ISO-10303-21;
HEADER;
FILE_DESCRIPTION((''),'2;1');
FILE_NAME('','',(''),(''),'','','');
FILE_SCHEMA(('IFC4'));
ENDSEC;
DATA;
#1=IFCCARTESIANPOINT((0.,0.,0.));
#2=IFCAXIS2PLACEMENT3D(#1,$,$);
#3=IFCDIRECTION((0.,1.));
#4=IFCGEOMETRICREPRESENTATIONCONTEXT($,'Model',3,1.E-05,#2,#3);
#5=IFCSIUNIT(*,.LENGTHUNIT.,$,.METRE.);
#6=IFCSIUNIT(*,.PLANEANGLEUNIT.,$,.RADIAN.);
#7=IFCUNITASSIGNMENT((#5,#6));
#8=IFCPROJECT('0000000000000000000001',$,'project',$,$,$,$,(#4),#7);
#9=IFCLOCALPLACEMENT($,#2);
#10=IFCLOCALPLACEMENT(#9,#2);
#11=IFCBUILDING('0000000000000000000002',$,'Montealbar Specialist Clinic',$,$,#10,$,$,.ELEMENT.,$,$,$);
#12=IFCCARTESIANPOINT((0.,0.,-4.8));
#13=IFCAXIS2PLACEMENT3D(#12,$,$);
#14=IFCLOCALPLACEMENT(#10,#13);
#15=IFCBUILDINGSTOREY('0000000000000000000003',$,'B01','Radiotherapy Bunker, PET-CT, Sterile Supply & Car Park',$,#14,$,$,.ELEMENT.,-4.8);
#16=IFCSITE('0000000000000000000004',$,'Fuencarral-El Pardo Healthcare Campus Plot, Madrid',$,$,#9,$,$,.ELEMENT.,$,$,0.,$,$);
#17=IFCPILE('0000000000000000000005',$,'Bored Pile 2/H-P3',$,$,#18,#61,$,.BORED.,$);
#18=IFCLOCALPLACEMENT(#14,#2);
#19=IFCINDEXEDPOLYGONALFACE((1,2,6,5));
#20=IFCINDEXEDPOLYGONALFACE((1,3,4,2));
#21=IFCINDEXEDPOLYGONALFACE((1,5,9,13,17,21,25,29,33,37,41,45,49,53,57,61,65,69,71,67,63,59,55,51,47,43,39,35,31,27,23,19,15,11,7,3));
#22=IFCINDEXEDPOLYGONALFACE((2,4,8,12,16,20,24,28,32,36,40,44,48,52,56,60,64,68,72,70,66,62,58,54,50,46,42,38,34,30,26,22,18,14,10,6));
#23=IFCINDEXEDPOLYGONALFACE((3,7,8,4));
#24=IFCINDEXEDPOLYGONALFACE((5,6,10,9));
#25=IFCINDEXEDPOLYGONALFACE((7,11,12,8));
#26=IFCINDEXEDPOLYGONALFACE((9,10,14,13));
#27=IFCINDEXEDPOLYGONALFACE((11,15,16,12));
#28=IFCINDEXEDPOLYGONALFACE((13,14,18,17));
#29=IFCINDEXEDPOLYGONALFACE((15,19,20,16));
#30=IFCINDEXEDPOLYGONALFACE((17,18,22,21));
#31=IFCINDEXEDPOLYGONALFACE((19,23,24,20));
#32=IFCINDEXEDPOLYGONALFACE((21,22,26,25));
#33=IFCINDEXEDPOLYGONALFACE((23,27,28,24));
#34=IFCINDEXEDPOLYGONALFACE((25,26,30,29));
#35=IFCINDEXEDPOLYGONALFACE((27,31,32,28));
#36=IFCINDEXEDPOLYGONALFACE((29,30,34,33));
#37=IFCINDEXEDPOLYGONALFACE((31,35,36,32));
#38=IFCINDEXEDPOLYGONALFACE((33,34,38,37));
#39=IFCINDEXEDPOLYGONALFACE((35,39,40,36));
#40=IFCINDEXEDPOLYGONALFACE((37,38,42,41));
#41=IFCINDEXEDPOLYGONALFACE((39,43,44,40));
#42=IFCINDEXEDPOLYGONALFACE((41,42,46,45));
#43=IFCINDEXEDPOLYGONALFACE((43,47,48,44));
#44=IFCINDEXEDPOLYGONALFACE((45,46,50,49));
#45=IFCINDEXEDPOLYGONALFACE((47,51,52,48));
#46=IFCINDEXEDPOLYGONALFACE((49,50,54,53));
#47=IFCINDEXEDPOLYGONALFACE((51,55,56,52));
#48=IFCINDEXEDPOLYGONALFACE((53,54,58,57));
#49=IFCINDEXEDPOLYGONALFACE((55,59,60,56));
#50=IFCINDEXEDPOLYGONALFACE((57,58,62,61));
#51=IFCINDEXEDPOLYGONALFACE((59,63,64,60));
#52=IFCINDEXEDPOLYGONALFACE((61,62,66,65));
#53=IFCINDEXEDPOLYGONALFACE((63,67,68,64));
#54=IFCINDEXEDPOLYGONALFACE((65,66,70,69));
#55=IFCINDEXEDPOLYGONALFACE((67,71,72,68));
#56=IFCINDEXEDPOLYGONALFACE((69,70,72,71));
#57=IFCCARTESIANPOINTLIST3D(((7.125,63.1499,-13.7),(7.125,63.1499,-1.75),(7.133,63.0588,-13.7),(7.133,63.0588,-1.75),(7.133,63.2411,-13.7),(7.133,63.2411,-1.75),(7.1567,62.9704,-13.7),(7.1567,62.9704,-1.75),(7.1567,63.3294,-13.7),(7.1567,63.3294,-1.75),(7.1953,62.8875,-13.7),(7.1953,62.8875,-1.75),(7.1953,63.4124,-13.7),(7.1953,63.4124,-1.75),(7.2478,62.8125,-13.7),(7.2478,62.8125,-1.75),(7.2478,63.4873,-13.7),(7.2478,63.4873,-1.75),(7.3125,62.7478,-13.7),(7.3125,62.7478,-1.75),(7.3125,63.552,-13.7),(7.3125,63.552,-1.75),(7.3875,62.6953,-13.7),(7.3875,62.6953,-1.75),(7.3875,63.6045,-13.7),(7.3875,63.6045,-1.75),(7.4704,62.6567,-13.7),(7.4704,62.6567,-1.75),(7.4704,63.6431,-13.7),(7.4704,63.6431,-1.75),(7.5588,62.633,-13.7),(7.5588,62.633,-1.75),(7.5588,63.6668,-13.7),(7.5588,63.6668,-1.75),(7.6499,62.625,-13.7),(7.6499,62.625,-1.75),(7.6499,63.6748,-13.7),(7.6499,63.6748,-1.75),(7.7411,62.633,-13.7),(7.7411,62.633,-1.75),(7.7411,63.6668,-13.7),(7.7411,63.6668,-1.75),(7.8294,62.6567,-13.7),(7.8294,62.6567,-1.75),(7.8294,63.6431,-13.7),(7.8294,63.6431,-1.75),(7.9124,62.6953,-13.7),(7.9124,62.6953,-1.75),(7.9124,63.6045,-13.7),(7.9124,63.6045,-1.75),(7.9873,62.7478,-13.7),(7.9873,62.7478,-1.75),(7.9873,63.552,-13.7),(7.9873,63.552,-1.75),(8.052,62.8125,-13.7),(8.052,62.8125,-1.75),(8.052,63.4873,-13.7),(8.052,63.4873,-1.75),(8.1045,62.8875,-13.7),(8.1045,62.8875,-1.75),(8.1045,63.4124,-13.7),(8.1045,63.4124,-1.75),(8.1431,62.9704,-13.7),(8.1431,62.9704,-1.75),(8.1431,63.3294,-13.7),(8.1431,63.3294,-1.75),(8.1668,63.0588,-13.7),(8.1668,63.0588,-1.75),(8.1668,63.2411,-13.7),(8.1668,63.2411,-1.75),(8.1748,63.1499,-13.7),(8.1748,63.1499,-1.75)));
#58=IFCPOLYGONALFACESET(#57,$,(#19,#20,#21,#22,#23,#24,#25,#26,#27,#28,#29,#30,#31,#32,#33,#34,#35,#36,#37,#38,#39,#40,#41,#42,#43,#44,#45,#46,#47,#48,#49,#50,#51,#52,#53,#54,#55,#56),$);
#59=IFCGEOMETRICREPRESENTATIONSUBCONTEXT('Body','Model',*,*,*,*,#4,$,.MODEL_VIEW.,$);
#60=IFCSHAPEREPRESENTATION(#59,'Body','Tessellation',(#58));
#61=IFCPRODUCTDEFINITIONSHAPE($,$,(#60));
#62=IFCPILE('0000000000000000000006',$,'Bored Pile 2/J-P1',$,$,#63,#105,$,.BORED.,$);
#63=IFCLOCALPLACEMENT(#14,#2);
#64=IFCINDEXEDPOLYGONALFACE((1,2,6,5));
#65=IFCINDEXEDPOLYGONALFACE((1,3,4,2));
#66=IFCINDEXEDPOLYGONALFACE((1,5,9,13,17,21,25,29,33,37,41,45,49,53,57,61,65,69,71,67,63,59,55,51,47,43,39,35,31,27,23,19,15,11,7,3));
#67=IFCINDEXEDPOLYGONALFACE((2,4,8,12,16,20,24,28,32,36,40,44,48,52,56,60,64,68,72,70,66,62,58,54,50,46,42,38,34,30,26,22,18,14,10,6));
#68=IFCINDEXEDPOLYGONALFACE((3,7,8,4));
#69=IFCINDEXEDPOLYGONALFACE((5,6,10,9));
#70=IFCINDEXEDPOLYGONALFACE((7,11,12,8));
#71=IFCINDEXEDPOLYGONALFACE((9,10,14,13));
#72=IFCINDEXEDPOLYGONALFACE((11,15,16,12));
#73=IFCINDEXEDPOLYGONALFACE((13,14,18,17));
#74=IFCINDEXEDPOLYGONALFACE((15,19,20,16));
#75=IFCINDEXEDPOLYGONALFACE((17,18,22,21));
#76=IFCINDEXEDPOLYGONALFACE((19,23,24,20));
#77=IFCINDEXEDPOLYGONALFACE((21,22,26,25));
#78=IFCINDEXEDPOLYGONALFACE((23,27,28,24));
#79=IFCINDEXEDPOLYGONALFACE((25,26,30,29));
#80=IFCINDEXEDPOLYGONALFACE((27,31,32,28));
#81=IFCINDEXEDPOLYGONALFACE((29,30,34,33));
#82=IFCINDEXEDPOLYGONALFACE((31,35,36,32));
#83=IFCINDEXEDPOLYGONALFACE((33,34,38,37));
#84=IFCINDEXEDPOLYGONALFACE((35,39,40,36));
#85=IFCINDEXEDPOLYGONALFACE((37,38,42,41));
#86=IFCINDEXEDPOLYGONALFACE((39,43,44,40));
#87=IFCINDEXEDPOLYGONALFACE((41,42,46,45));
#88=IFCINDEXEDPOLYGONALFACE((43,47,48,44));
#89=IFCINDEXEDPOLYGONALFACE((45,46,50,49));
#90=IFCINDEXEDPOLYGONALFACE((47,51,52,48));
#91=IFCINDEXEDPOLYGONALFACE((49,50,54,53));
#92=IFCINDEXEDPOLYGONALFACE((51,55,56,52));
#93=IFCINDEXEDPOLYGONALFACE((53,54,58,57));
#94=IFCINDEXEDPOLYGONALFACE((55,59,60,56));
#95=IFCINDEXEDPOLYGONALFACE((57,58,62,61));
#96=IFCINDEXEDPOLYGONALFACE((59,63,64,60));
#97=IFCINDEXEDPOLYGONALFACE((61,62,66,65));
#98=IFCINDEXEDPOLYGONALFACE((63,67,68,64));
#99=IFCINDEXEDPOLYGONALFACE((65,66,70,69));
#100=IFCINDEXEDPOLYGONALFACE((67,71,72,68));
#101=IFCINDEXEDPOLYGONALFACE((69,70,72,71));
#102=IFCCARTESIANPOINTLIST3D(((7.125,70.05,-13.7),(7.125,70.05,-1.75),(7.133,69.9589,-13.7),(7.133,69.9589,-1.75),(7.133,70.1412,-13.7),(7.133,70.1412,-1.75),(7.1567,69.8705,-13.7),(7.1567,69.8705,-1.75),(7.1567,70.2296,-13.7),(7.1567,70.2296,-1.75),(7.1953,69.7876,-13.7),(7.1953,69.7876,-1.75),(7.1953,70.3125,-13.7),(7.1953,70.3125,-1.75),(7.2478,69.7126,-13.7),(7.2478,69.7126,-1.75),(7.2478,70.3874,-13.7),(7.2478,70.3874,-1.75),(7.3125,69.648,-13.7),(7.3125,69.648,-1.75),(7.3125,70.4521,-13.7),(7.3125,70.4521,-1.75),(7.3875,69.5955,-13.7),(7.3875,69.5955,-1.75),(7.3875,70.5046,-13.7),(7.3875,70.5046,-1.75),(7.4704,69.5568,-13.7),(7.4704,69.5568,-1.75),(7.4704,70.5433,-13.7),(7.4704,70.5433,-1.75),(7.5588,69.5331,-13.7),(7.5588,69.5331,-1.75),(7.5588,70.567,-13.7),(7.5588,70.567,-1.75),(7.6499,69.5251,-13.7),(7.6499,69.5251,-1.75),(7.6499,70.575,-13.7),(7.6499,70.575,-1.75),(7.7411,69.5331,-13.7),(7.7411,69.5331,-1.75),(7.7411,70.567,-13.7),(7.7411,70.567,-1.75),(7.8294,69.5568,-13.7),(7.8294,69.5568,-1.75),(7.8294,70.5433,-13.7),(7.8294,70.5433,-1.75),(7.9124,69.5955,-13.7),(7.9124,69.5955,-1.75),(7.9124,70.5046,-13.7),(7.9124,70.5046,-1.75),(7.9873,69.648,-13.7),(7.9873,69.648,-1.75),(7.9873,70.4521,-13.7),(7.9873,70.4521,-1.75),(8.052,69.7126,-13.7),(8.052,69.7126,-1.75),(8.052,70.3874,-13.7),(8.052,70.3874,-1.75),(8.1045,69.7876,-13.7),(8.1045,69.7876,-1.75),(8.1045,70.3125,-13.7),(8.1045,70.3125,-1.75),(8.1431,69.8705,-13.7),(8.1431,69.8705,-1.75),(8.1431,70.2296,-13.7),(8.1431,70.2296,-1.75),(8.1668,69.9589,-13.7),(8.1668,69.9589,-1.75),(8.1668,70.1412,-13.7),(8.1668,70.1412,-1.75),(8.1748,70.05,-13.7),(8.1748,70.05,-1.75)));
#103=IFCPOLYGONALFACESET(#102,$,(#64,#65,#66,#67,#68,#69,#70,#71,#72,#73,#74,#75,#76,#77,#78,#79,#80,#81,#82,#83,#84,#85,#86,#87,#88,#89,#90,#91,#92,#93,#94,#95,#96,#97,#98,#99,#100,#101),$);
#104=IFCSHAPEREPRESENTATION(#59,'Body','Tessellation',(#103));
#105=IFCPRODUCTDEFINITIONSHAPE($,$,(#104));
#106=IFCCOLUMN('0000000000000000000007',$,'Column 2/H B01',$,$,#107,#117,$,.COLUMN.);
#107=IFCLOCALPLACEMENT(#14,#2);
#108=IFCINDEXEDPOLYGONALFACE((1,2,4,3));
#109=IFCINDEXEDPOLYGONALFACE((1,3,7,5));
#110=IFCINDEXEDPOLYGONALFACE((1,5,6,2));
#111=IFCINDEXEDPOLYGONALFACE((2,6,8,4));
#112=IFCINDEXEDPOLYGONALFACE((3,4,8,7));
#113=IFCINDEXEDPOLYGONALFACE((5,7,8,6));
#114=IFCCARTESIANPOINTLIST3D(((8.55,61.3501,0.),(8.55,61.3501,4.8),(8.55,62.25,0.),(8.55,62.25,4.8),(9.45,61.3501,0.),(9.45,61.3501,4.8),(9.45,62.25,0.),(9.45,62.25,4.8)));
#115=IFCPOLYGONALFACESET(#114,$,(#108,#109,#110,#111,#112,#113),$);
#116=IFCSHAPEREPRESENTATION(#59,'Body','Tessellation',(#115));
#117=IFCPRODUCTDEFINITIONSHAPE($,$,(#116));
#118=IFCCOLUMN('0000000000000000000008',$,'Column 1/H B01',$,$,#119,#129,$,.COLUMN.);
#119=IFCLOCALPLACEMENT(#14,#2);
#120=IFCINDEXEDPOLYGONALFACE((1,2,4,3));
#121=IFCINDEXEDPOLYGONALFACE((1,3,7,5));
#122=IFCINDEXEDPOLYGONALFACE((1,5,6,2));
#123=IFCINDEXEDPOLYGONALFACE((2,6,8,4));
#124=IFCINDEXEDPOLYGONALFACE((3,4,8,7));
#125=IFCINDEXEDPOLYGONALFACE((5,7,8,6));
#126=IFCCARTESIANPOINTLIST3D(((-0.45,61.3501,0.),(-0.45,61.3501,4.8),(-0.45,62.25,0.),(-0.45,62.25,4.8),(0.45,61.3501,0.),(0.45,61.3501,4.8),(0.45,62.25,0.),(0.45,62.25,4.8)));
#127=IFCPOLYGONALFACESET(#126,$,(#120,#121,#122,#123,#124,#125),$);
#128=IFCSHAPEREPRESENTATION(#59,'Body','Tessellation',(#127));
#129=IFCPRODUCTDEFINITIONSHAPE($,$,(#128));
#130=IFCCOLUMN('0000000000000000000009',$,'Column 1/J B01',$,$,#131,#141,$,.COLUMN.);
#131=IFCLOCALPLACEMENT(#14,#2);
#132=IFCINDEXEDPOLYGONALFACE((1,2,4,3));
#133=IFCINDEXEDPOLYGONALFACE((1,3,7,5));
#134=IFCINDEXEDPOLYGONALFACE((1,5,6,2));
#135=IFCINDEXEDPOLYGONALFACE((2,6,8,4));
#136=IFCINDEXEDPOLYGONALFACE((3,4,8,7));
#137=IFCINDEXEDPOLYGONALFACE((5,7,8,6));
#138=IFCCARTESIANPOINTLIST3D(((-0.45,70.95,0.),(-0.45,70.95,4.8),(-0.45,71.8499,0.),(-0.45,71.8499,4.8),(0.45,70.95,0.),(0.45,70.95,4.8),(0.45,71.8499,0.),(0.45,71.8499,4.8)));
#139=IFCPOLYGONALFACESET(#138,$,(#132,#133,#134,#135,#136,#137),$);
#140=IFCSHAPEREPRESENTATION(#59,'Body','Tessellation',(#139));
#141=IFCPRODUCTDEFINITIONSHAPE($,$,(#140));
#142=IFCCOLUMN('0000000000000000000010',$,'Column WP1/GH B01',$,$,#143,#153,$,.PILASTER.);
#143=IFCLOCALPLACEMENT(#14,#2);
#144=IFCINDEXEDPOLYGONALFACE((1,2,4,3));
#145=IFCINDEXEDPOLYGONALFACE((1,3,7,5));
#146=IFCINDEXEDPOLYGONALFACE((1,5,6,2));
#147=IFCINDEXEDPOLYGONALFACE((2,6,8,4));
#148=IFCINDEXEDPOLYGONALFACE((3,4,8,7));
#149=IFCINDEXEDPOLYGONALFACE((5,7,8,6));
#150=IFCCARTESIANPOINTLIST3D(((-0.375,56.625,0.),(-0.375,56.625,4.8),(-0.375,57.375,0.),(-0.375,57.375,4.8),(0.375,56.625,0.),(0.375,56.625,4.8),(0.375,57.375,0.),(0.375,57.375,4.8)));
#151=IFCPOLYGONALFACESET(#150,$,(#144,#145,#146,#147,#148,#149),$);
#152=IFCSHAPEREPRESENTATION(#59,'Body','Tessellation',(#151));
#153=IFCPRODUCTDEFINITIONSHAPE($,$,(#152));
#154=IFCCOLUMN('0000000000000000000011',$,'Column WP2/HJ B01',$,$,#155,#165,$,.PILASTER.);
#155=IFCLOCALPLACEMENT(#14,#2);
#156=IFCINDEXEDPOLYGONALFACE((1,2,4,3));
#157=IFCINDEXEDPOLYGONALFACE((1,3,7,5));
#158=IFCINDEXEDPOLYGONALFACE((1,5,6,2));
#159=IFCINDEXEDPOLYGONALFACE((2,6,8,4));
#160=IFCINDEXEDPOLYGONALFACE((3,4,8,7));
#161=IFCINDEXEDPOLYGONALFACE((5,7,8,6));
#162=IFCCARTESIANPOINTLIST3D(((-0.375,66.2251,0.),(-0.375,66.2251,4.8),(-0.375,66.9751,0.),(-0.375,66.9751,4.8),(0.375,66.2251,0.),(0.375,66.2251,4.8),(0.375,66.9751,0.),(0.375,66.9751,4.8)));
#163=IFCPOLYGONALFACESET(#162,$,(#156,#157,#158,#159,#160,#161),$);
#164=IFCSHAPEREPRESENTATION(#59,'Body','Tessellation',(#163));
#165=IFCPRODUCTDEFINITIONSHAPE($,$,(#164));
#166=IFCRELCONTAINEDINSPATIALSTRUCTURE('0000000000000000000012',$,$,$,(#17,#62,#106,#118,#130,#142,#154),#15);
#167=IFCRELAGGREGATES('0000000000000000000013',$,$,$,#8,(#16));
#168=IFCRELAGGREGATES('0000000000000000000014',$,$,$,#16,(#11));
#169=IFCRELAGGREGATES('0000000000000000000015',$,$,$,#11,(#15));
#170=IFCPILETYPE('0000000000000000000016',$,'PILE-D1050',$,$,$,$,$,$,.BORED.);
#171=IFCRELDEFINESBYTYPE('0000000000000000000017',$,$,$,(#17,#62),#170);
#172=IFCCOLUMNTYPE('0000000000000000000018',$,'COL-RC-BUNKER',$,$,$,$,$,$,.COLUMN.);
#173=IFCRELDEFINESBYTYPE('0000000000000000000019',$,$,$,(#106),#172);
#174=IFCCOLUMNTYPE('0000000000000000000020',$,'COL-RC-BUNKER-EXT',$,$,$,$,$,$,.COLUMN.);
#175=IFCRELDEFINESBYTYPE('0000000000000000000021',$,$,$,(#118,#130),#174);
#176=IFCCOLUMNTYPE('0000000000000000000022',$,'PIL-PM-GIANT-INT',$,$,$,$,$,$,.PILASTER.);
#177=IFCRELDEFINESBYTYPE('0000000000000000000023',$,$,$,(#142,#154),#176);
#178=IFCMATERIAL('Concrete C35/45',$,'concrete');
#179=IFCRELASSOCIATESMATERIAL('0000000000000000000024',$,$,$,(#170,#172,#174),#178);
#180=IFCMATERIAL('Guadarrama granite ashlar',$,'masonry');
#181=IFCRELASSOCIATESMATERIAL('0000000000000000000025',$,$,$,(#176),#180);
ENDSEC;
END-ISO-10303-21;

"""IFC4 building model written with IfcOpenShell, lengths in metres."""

from ifc_helpers import new_model, si_unit, direction, frame, origin, origin_2d, place, context, subcontext, project, spatial, rectangle, circle, extrude, material, material_profile, profile_set, type_object, element, save


model = new_model("IFC4")

# Units and contexts
model_context = context("Model", 3, precision=1e-05, world=origin(), true_north=direction((0.0, 1.0)))
body_context = subcontext(model_context, "Body", "Model", "MODEL_VIEW")
ifc_project = project(units=[si_unit("LENGTHUNIT", "METRE"), si_unit("PLANEANGLEUNIT", "RADIAN")], contexts=[model_context])

# Site, building, storey
site_placement = place(None, origin())
site = spatial("IfcSite", under=ifc_project, at=site_placement, Name="Fuencarral-El Pardo Healthcare Campus Plot, Madrid", CompositionType="ELEMENT", RefElevation=0.0)
building_placement = place(site_placement, origin())
building = spatial("IfcBuilding", under=site, at=building_placement, Name="Montealbar Specialist Clinic", CompositionType="ELEMENT")
storey_placement = place(building_placement, frame((0.0, 0.0, -4.8)))
storey = spatial("IfcBuildingStorey", under=building, at=storey_placement, Name="B01", Description="Radiotherapy Bunker, PET-CT, Sterile Supply & Car Park", CompositionType="ELEMENT", Elevation=-4.8)

# Shared definitions
ifc_material_1 = material(Name="Concrete C35/45", Category="concrete")

# Piles
ifc_material_profile_1 = material_profile(ifc_material_1, circle(Radius=0.5249, at=origin_2d()), Name="PILE D1050", Category="concrete")
ifc_profile_set_1 = profile_set([ifc_material_profile_1], Name="Concrete C35/45")
pile_type = type_object("IfcPileType", Name="PILE-D1050", PredefinedType="BORED", material=ifc_profile_set_1)
for number, where, z_axis, x_axis, name in (
    (1, (7.6499, 63.1499, -1.75), (0.0, 0.0, -1.0), (1.0, 0.0, 0.0), "Bored Pile 2/H-P3"),
    (2, (7.6499, 70.05, -1.75), (0.0, 0.0, -1.0), (1.0, 0.0, 0.0), "Bored Pile 2/J-P1"),
):
    element("IfcPile", number, at=place(storey_placement, frame(where, z_axis=z_axis, x_axis=x_axis)), inside=storey, type_object=pile_type, Name=name, PredefinedType="BORED", context=body_context, shape_type="SweptSolid", body=[
        extrude(circle(Radius=0.5249, at=origin_2d()), origin(), (0.0, 0.0, 1.0), 11.95),
    ])

# Columns
ifc_material_profile_2 = material_profile(ifc_material_1, rectangle(XDim=0.8999, YDim=0.8999, at=origin_2d()), Name="RC 900x900", Category="concrete")
ifc_profile_set_2 = profile_set([ifc_material_profile_2], Name="Concrete C35/45")
column_type_1 = type_object("IfcColumnType", Name="COL-RC-BUNKER", PredefinedType="COLUMN", material=ifc_profile_set_2)
column_placement = place(storey_placement, frame((9.0, 61.8, 0.0), z_axis=(0.0, 0.0, 1.0), x_axis=(1.0, 0.0, 0.0)))
element("IfcColumn", 3, at=column_placement, inside=storey, type_object=column_type_1, Name="Column 2/H B01", PredefinedType="COLUMN", context=body_context, shape_type="SweptSolid", body=[
    extrude(rectangle(XDim=0.8999, YDim=0.8999, at=origin_2d()), origin(), (0.0, 0.0, 1.0), 4.8),
])
ifc_material_profile_3 = material_profile(ifc_material_1, rectangle(XDim=0.8999, YDim=0.8999, at=origin_2d()), Name="RC 900x900", Category="concrete")
ifc_profile_set_3 = profile_set([ifc_material_profile_3], Name="Concrete C35/45")
column_type_2 = type_object("IfcColumnType", Name="COL-RC-BUNKER-EXT", PredefinedType="COLUMN", material=ifc_profile_set_3)
for number, where, z_axis, x_axis, name in (
    (4, (0.0, 61.8, 0.0), (0.0, 0.0, 1.0), (1.0, 0.0, 0.0), "Column 1/H B01"),
    (5, (0.0, 71.3999, 0.0), (0.0, 0.0, 1.0), (1.0, 0.0, 0.0), "Column 1/J B01"),
):
    element("IfcColumn", number, at=place(storey_placement, frame(where, z_axis=z_axis, x_axis=x_axis)), inside=storey, type_object=column_type_2, Name=name, PredefinedType="COLUMN", context=body_context, shape_type="SweptSolid", body=[
        extrude(rectangle(XDim=0.8999, YDim=0.8999, at=origin_2d()), origin(), (0.0, 0.0, 1.0), 4.8),
    ])
ifc_material_2 = material(Name="Guadarrama granite ashlar", Category="masonry")
ifc_material_profile_4 = material_profile(ifc_material_2, rectangle(XDim=0.75, YDim=0.75, at=origin_2d()), Name="GRANITE PILASTER 750x750", Category="masonry")
ifc_profile_set_4 = profile_set([ifc_material_profile_4], Name="Guadarrama granite ashlar")
column_type_3 = type_object("IfcColumnType", Name="PIL-PM-GIANT-INT", PredefinedType="PILASTER", material=ifc_profile_set_4)
for number, where, z_axis, x_axis, name in (
    (6, (0.0, 57.0, 0.0), (0.0, 0.0, 1.0), (1.0, 0.0, 0.0), "Column WP1/GH B01"),
    (7, (0.0, 66.6001, 0.0), (0.0, 0.0, 1.0), (1.0, 0.0, 0.0), "Column WP2/HJ B01"),
):
    element("IfcColumn", number, at=place(storey_placement, frame(where, z_axis=z_axis, x_axis=x_axis)), inside=storey, type_object=column_type_3, Name=name, PredefinedType="PILASTER", context=body_context, shape_type="SweptSolid", body=[
        extrude(rectangle(XDim=0.75, YDim=0.75, at=origin_2d()), origin(), (0.0, 0.0, 1.0), 4.8),
    ])

save(model, "model.ifc")
